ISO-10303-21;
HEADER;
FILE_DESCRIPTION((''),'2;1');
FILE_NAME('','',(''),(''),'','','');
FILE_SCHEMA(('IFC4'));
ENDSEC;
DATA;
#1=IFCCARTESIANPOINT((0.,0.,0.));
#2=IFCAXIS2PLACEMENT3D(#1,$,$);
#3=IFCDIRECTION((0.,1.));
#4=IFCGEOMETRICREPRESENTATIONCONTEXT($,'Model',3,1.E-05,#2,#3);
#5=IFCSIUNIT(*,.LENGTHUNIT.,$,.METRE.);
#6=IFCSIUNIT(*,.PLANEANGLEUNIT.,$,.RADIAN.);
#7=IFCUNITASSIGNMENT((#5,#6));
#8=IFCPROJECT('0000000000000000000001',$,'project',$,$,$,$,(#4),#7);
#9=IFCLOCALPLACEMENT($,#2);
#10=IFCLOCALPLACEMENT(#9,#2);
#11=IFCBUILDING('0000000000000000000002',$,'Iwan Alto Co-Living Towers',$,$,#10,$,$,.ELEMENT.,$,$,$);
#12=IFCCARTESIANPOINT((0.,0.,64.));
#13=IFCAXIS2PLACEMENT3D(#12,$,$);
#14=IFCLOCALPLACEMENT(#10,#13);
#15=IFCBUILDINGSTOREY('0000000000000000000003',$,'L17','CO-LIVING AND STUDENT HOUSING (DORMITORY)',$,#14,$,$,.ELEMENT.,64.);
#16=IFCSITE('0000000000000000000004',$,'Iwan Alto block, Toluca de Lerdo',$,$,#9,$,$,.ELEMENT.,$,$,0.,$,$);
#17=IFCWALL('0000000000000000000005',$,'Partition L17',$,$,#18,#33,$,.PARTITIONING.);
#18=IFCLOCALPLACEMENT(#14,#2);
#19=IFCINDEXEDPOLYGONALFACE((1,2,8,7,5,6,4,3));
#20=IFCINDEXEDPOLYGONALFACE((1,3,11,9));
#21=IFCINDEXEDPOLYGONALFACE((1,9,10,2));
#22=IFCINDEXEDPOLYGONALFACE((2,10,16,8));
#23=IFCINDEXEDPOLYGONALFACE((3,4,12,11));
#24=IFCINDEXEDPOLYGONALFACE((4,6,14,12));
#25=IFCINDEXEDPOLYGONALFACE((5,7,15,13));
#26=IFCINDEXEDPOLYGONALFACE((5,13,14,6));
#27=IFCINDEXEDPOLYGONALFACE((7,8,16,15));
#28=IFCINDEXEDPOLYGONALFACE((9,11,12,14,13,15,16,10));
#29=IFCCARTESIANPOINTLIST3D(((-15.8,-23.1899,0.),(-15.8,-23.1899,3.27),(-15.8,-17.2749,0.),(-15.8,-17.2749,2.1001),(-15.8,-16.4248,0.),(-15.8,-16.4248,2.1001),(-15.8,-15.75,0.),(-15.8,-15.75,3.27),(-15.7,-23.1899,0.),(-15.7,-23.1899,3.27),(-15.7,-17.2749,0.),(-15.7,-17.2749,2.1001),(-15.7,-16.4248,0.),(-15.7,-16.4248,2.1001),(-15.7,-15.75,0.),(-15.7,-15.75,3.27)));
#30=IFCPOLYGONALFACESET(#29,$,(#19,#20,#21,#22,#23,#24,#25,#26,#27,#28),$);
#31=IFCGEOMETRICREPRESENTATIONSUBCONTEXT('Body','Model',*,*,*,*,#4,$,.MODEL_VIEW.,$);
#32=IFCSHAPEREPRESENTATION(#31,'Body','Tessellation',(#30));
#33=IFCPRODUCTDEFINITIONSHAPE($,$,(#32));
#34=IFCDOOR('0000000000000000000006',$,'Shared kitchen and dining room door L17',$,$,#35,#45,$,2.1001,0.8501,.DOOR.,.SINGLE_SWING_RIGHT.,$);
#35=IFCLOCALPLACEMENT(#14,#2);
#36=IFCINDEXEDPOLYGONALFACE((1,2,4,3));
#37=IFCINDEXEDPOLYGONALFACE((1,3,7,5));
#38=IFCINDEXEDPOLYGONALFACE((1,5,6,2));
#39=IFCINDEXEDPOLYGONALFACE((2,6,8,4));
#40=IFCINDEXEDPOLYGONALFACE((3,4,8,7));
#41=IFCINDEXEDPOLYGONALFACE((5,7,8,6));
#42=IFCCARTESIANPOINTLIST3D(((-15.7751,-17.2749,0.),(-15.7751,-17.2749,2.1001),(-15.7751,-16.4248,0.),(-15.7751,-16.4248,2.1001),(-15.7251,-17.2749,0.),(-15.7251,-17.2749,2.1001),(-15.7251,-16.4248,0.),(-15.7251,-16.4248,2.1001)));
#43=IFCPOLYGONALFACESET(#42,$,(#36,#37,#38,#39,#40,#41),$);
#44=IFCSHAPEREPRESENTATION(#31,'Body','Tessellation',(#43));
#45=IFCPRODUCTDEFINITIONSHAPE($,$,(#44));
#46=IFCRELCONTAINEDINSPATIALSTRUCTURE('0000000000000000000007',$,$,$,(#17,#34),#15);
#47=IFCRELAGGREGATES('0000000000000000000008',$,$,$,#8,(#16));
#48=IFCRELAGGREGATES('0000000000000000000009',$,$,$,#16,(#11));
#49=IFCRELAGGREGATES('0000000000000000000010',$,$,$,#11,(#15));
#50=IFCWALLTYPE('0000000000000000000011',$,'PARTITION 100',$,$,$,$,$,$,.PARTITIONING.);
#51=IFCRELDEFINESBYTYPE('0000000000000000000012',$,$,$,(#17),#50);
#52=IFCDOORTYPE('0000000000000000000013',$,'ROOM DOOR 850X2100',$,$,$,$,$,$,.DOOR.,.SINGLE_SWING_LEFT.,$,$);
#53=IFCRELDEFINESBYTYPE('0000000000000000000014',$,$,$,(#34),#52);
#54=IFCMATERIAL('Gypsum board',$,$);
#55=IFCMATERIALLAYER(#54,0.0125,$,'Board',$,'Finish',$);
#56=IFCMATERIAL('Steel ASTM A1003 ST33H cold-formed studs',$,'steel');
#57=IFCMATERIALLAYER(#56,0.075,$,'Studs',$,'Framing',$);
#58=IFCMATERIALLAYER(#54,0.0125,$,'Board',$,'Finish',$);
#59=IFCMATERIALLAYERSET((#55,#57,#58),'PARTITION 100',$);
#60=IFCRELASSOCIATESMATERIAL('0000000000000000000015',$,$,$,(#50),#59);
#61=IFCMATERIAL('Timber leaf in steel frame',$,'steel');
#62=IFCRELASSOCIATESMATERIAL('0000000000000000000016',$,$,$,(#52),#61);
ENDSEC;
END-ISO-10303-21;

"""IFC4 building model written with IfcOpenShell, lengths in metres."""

from ifc_helpers import new_model, si_unit, direction, frame, frame_2d, origin, place, context, subcontext, project, spatial, rectangle, extrude, material, layer, layer_set, type_object, element, fill, save


model = new_model("IFC4")

# Units and contexts
model_context = context("Model", 3, precision=1e-05, world=origin(), true_north=direction((0.0, 1.0)))
body_context = subcontext(model_context, "Body", "Model", "MODEL_VIEW")
ifc_project = project(units=[si_unit("LENGTHUNIT", "METRE"), si_unit("PLANEANGLEUNIT", "RADIAN")], contexts=[model_context])

# Site, building, storey
site_placement = place(None, origin())
site = spatial("IfcSite", under=ifc_project, at=site_placement, Name="Iwan Alto block, Toluca de Lerdo", CompositionType="ELEMENT", RefElevation=0.0)
building_placement = place(site_placement, origin())
building = spatial("IfcBuilding", under=site, at=building_placement, Name="Iwan Alto Co-Living Towers", CompositionType="ELEMENT")
storey_placement = place(building_placement, frame((0.0, 0.0, 64.0)))
storey = spatial("IfcBuildingStorey", under=building, at=storey_placement, Name="L17", Description="CO-LIVING AND STUDENT HOUSING (DORMITORY)", CompositionType="ELEMENT", Elevation=64.0)

# Wall, opening, door
ifc_material_1 = material(Name="Gypsum board")
ifc_layer_1 = layer(ifc_material_1, 0.0125, Name="Board", Category="Finish")
ifc_material_2 = material(Name="Steel ASTM A1003 ST33H cold-formed studs", Category="steel")
ifc_layer_2 = layer(ifc_material_2, 0.075, Name="Studs", Category="Framing")
ifc_layer_3 = layer(ifc_material_1, 0.0125, Name="Board", Category="Finish")
ifc_layer_set_1 = layer_set([ifc_layer_1, ifc_layer_2, ifc_layer_3], Name="PARTITION 100")
wall_type = type_object("IfcWallType", Name="PARTITION 100", PredefinedType="PARTITIONING", material=ifc_layer_set_1)
wall_placement = place(storey_placement, frame((-15.75, -23.1899, 0.0), z_axis=(0.0, 0.0, 1.0), x_axis=(0.0, 1.0, 0.0)))
wall = element("IfcWall", 1, at=wall_placement, inside=storey, type_object=wall_type, Name="Partition L17", PredefinedType="PARTITIONING", context=body_context, shape_type="SweptSolid", body=[
    extrude(rectangle(XDim=7.4399, YDim=0.1001, at=frame_2d((3.72, 0.0))), origin(), (0.0, 0.0, 1.0), 3.27),
])
opening_placement = place(wall_placement, frame((5.915, 0.0, 0.0)))
opening = element("IfcOpeningElement", 2, at=opening_placement, cuts=wall, PredefinedType="OPENING", context=body_context, shape_type="SweptSolid", body=[
    extrude(rectangle(XDim=0.8501, YDim=2.1001, at=frame_2d((0.425, 1.05))), frame((0.0, 0.0601, 0.0), z_axis=(0.0, -1.0, 0.0), x_axis=(1.0, 0.0, 0.0)), (0.0, 0.0, 1.0), 0.1201),
])
ifc_material_3 = material(Name="Timber leaf in steel frame", Category="steel")
door_type = type_object("IfcDoorType", Name="ROOM DOOR 850X2100", OperationType="SINGLE_SWING_LEFT", PredefinedType="DOOR", material=ifc_material_3)
door_placement = place(opening_placement, frame((0.8501, 0.0, 0.0), z_axis=(0.0, 0.0, 1.0), x_axis=(-1.0, 0.0, 0.0)))
door = element("IfcDoor", 3, at=door_placement, inside=storey, type_object=door_type, Name="Shared kitchen and dining room door L17", OperationType="SINGLE_SWING_RIGHT", OverallHeight=2.1001, OverallWidth=0.8501, PredefinedType="DOOR", context=body_context, shape_type="SweptSolid", body=[
    extrude(rectangle(XDim=0.8501, YDim=2.1001, at=frame_2d((0.425, 1.05))), frame((0.0, 0.0249, 0.0), z_axis=(0.0, -1.0, 0.0), x_axis=(1.0, 0.0, 0.0)), (0.0, 0.0, 1.0), 0.05),
])
fill(opening, door)

save(model, "model.ifc")
